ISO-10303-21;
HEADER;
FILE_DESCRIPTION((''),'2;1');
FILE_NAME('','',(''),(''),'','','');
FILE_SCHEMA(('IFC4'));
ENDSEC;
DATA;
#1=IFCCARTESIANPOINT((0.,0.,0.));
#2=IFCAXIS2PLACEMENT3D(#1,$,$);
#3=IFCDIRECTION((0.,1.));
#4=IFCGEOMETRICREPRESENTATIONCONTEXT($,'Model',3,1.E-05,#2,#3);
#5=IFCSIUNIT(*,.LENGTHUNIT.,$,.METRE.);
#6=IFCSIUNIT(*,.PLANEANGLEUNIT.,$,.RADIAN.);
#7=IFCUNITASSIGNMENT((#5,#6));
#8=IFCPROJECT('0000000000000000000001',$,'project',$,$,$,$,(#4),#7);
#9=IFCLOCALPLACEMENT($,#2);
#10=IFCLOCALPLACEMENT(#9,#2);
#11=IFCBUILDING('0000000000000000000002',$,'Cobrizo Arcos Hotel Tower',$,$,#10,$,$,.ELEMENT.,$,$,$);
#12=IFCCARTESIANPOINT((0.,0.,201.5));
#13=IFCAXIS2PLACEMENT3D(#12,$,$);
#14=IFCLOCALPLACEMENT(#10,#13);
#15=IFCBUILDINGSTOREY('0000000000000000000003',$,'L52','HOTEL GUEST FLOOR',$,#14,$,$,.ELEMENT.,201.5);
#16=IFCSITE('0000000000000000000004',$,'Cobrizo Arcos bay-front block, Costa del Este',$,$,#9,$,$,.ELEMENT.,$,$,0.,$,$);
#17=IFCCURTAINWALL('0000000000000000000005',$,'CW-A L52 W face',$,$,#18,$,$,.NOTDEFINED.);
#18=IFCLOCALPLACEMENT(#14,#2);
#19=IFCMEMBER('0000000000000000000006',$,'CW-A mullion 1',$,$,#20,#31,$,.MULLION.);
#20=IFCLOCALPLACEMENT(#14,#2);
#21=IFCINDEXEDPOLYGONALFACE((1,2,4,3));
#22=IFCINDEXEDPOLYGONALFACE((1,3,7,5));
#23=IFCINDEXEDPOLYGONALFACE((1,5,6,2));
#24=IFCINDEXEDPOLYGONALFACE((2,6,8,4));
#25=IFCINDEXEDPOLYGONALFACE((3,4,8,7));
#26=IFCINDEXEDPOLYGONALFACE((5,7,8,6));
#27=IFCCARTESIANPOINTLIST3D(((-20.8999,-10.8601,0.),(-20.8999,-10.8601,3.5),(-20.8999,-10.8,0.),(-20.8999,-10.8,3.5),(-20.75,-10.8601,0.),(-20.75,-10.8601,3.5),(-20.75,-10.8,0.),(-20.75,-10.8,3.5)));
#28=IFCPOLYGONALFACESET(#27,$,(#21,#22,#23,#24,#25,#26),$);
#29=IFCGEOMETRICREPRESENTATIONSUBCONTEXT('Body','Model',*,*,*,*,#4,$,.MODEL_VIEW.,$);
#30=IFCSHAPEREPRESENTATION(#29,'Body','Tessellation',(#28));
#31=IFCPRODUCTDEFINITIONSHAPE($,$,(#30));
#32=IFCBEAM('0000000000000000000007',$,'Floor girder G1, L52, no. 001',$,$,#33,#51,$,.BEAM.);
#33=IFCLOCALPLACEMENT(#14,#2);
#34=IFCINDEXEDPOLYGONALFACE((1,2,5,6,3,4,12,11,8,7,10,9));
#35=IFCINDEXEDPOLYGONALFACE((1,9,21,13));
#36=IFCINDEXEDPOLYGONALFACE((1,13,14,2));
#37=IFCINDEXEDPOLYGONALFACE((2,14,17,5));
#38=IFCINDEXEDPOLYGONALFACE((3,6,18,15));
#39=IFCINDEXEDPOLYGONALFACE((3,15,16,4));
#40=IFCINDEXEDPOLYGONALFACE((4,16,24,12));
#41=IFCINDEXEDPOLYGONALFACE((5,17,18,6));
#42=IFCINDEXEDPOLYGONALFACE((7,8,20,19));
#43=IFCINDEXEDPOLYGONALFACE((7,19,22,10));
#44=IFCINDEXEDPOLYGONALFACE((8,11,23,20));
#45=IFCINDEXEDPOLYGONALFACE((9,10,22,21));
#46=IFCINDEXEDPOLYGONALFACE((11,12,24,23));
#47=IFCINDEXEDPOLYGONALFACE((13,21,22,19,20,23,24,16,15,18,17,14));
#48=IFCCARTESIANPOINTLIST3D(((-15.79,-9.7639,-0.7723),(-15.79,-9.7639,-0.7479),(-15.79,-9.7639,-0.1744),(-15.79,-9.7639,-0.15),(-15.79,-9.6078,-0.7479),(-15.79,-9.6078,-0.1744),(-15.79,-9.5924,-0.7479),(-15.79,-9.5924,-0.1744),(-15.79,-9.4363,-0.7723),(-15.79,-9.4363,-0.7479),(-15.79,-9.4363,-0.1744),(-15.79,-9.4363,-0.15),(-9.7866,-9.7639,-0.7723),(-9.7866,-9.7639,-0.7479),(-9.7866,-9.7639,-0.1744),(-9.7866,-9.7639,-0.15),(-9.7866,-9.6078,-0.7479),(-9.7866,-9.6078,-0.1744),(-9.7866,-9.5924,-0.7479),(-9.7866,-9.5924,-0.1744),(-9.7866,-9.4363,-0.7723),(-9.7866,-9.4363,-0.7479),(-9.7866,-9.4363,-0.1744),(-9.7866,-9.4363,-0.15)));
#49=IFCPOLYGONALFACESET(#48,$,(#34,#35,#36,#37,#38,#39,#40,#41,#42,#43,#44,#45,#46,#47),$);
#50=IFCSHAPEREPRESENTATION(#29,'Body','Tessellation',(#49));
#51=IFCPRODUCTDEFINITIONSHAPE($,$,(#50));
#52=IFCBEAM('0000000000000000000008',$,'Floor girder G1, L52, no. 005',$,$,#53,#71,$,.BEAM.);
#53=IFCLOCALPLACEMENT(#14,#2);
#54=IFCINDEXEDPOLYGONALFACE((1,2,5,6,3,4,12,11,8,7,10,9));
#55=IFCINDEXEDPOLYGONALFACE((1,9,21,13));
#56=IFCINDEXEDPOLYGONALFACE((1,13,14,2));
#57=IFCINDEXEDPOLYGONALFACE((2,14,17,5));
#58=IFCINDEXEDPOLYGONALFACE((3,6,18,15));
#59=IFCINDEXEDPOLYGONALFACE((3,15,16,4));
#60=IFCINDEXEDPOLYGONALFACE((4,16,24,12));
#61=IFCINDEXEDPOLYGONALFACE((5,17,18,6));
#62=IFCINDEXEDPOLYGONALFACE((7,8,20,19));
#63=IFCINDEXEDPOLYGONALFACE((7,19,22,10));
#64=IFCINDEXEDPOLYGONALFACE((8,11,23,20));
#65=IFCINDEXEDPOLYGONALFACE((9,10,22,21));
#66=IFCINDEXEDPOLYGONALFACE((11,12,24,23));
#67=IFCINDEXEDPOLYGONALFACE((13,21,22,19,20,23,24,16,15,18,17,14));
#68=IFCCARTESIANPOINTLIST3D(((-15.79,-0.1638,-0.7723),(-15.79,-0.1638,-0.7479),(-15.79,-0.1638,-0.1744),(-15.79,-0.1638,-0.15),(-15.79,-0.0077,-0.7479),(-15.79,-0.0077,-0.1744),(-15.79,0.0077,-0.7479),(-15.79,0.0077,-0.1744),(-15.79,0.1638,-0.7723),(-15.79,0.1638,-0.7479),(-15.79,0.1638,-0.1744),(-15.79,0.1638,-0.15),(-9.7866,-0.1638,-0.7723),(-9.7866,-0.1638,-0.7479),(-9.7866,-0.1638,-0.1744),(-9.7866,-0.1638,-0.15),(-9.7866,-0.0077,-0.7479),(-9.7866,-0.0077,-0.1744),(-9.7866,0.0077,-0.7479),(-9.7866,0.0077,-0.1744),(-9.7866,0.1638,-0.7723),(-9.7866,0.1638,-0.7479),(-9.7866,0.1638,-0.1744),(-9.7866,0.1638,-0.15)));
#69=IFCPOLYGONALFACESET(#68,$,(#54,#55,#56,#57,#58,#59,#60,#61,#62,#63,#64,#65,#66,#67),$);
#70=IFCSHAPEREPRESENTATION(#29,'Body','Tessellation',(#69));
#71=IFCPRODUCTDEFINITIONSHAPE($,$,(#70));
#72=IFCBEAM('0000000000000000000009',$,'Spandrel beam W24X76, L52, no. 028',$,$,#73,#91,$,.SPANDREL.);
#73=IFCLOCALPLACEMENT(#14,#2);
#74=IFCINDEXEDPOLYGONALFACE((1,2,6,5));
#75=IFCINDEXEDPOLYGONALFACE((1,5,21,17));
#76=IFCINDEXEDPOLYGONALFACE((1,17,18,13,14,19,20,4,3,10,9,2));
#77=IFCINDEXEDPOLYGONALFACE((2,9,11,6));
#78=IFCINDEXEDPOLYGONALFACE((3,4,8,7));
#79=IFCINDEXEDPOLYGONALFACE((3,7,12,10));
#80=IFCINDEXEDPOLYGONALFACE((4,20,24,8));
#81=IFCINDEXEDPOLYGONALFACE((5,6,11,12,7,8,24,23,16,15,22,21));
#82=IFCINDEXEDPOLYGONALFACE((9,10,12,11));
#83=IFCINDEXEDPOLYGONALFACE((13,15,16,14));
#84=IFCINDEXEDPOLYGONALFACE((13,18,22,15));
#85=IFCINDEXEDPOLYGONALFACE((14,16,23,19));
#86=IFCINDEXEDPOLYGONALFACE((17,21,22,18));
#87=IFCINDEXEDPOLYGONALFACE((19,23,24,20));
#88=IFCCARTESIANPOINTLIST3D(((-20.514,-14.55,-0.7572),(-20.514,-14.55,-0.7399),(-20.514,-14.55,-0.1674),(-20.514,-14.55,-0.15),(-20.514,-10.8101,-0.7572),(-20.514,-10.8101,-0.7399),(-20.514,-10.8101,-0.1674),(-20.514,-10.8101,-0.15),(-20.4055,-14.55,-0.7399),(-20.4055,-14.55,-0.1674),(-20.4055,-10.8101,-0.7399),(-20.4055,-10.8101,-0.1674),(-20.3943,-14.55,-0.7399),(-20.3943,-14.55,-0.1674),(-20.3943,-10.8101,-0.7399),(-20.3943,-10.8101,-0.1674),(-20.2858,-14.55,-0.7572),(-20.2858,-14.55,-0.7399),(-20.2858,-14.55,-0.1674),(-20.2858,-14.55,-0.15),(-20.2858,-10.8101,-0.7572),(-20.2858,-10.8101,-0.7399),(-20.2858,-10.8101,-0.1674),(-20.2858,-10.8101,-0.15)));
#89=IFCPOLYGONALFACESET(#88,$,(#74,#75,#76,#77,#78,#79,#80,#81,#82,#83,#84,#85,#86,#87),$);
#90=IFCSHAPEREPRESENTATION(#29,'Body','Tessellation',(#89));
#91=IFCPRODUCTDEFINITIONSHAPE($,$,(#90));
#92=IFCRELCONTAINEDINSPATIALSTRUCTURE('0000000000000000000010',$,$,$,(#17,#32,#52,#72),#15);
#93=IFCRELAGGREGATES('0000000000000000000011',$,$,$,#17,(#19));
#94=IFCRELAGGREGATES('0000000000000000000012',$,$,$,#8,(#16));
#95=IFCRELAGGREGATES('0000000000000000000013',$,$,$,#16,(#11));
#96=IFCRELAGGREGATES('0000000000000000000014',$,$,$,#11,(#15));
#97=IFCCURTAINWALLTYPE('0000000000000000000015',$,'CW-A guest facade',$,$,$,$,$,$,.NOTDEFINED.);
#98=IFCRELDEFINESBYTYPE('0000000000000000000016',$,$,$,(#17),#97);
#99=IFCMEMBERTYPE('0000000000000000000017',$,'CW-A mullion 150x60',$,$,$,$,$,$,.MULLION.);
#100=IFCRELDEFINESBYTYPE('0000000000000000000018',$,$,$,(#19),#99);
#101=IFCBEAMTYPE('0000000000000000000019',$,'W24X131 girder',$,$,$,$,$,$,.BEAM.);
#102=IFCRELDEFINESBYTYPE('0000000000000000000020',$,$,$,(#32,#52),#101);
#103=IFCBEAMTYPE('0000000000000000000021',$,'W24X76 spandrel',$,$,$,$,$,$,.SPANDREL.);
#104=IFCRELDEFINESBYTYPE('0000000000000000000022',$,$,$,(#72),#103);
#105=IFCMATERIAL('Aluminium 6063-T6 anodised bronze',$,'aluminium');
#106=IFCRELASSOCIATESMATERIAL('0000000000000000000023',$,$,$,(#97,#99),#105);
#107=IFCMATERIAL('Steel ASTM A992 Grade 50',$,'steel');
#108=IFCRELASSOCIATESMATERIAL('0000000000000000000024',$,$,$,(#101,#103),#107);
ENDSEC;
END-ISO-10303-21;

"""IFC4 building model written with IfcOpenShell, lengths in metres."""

from ifc_helpers import new_model, si_unit, direction, frame, origin, origin_2d, place, context, subcontext, project, spatial, rectangle, i_section, extrude, material, material_profile, profile_set, type_object, element, aggregate, save


model = new_model("IFC4")

# Units and contexts
model_context = context("Model", 3, precision=1e-05, world=origin(), true_north=direction((0.0, 1.0)))
body_context = subcontext(model_context, "Body", "Model", "MODEL_VIEW")
ifc_project = project(units=[si_unit("LENGTHUNIT", "METRE"), si_unit("PLANEANGLEUNIT", "RADIAN")], contexts=[model_context])

# Site, building, storey
site_placement = place(None, origin())
site = spatial("IfcSite", under=ifc_project, at=site_placement, Name="Cobrizo Arcos bay-front block, Costa del Este", CompositionType="ELEMENT", RefElevation=0.0)
building_placement = place(site_placement, origin())
building = spatial("IfcBuilding", under=site, at=building_placement, Name="Cobrizo Arcos Hotel Tower", CompositionType="ELEMENT")
storey_placement = place(building_placement, frame((0.0, 0.0, 201.5)))
storey = spatial("IfcBuildingStorey", under=building, at=storey_placement, Name="L52", Description="HOTEL GUEST FLOOR", CompositionType="ELEMENT", Elevation=201.5)

# Curtain wall, member
ifc_material_1 = material(Name="Aluminium 6063-T6 anodised bronze", Category="aluminium")
curtain_wall_type = type_object("IfcCurtainWallType", Name="CW-A guest facade", PredefinedType="NOTDEFINED", material=ifc_material_1)
curtain_wall_placement = place(storey_placement, origin())
curtain_wall = element("IfcCurtainWall", 1, at=curtain_wall_placement, inside=storey, type_object=curtain_wall_type, Name="CW-A L52 W face", PredefinedType="NOTDEFINED")
ifc_material_profile_1 = material_profile(ifc_material_1, rectangle(XDim=0.1499, YDim=0.0601, at=origin_2d()), Name="CW-A mullion 150x60")
ifc_profile_set_1 = profile_set([ifc_material_profile_1], Name="Aluminium 6063-T6 anodised bronze")
member_type = type_object("IfcMemberType", Name="CW-A mullion 150x60", PredefinedType="MULLION", material=ifc_profile_set_1)
member_placement = place(storey_placement, frame((-20.825, -10.8301, 0.0), z_axis=(0.0, 0.0, 1.0), x_axis=(-1.0, 0.0, 0.0)))
member = element("IfcMember", 2, at=member_placement, type_object=member_type, Name="CW-A mullion 1", PredefinedType="MULLION", context=body_context, shape_type="SweptSolid", body=[
    extrude(rectangle(XDim=0.1499, YDim=0.0601, at=origin_2d()), origin(), (0.0, 0.0, 1.0), 3.5),
])
aggregate(curtain_wall, [member])

# Beams
ifc_material_2 = material(Name="Steel ASTM A992 Grade 50", Category="steel")
ifc_material_profile_2 = material_profile(ifc_material_2, i_section(OverallWidth=0.3276, OverallDepth=0.6223, WebThickness=0.0154, FlangeThickness=0.0244, at=origin_2d()), Name="W24X131")
ifc_profile_set_2 = profile_set([ifc_material_profile_2], Name="Steel ASTM A992 Grade 50")
beam_type_1 = type_object("IfcBeamType", Name="W24X131 girder", PredefinedType="BEAM", material=ifc_profile_set_2)
for number, where, z_axis, x_axis, name in (
    (3, (-15.79, -9.6001, -0.4612), (1.0, 0.0, 0.0), (0.0, 1.0, 0.0), "Floor girder G1, L52, no. 001"),
    (4, (-15.79, 0.0, -0.4612), (1.0, 0.0, 0.0), (0.0, 1.0, 0.0), "Floor girder G1, L52, no. 005"),
):
    element("IfcBeam", number, at=place(storey_placement, frame(where, z_axis=z_axis, x_axis=x_axis)), inside=storey, type_object=beam_type_1, Name=name, PredefinedType="BEAM", context=body_context, shape_type="SweptSolid", body=[
        extrude(i_section(OverallWidth=0.3276, OverallDepth=0.6223, WebThickness=0.0154, FlangeThickness=0.0244, at=origin_2d()), origin(), (0.0, 0.0, 1.0), 6.0034),
    ])
ifc_material_profile_3 = material_profile(ifc_material_2, i_section(OverallWidth=0.2283, OverallDepth=0.6072, WebThickness=0.0112, FlangeThickness=0.0173, at=origin_2d()), Name="W24X76")
ifc_profile_set_3 = profile_set([ifc_material_profile_3], Name="Steel ASTM A992 Grade 50")
beam_type_2 = type_object("IfcBeamType", Name="W24X76 spandrel", PredefinedType="SPANDREL", material=ifc_profile_set_3)
beam_placement = place(storey_placement, frame((-20.3999, -10.8101, -0.4536), z_axis=(0.0, -1.0, 0.0), x_axis=(1.0, 0.0, 0.0)))
element("IfcBeam", 5, at=beam_placement, inside=storey, type_object=beam_type_2, Name="Spandrel beam W24X76, L52, no. 028", PredefinedType="SPANDREL", context=body_context, shape_type="SweptSolid", body=[
    extrude(i_section(OverallWidth=0.2283, OverallDepth=0.6072, WebThickness=0.0112, FlangeThickness=0.0173, at=origin_2d()), origin(), (0.0, 0.0, 1.0), 3.74),
])

save(model, "model.ifc")
